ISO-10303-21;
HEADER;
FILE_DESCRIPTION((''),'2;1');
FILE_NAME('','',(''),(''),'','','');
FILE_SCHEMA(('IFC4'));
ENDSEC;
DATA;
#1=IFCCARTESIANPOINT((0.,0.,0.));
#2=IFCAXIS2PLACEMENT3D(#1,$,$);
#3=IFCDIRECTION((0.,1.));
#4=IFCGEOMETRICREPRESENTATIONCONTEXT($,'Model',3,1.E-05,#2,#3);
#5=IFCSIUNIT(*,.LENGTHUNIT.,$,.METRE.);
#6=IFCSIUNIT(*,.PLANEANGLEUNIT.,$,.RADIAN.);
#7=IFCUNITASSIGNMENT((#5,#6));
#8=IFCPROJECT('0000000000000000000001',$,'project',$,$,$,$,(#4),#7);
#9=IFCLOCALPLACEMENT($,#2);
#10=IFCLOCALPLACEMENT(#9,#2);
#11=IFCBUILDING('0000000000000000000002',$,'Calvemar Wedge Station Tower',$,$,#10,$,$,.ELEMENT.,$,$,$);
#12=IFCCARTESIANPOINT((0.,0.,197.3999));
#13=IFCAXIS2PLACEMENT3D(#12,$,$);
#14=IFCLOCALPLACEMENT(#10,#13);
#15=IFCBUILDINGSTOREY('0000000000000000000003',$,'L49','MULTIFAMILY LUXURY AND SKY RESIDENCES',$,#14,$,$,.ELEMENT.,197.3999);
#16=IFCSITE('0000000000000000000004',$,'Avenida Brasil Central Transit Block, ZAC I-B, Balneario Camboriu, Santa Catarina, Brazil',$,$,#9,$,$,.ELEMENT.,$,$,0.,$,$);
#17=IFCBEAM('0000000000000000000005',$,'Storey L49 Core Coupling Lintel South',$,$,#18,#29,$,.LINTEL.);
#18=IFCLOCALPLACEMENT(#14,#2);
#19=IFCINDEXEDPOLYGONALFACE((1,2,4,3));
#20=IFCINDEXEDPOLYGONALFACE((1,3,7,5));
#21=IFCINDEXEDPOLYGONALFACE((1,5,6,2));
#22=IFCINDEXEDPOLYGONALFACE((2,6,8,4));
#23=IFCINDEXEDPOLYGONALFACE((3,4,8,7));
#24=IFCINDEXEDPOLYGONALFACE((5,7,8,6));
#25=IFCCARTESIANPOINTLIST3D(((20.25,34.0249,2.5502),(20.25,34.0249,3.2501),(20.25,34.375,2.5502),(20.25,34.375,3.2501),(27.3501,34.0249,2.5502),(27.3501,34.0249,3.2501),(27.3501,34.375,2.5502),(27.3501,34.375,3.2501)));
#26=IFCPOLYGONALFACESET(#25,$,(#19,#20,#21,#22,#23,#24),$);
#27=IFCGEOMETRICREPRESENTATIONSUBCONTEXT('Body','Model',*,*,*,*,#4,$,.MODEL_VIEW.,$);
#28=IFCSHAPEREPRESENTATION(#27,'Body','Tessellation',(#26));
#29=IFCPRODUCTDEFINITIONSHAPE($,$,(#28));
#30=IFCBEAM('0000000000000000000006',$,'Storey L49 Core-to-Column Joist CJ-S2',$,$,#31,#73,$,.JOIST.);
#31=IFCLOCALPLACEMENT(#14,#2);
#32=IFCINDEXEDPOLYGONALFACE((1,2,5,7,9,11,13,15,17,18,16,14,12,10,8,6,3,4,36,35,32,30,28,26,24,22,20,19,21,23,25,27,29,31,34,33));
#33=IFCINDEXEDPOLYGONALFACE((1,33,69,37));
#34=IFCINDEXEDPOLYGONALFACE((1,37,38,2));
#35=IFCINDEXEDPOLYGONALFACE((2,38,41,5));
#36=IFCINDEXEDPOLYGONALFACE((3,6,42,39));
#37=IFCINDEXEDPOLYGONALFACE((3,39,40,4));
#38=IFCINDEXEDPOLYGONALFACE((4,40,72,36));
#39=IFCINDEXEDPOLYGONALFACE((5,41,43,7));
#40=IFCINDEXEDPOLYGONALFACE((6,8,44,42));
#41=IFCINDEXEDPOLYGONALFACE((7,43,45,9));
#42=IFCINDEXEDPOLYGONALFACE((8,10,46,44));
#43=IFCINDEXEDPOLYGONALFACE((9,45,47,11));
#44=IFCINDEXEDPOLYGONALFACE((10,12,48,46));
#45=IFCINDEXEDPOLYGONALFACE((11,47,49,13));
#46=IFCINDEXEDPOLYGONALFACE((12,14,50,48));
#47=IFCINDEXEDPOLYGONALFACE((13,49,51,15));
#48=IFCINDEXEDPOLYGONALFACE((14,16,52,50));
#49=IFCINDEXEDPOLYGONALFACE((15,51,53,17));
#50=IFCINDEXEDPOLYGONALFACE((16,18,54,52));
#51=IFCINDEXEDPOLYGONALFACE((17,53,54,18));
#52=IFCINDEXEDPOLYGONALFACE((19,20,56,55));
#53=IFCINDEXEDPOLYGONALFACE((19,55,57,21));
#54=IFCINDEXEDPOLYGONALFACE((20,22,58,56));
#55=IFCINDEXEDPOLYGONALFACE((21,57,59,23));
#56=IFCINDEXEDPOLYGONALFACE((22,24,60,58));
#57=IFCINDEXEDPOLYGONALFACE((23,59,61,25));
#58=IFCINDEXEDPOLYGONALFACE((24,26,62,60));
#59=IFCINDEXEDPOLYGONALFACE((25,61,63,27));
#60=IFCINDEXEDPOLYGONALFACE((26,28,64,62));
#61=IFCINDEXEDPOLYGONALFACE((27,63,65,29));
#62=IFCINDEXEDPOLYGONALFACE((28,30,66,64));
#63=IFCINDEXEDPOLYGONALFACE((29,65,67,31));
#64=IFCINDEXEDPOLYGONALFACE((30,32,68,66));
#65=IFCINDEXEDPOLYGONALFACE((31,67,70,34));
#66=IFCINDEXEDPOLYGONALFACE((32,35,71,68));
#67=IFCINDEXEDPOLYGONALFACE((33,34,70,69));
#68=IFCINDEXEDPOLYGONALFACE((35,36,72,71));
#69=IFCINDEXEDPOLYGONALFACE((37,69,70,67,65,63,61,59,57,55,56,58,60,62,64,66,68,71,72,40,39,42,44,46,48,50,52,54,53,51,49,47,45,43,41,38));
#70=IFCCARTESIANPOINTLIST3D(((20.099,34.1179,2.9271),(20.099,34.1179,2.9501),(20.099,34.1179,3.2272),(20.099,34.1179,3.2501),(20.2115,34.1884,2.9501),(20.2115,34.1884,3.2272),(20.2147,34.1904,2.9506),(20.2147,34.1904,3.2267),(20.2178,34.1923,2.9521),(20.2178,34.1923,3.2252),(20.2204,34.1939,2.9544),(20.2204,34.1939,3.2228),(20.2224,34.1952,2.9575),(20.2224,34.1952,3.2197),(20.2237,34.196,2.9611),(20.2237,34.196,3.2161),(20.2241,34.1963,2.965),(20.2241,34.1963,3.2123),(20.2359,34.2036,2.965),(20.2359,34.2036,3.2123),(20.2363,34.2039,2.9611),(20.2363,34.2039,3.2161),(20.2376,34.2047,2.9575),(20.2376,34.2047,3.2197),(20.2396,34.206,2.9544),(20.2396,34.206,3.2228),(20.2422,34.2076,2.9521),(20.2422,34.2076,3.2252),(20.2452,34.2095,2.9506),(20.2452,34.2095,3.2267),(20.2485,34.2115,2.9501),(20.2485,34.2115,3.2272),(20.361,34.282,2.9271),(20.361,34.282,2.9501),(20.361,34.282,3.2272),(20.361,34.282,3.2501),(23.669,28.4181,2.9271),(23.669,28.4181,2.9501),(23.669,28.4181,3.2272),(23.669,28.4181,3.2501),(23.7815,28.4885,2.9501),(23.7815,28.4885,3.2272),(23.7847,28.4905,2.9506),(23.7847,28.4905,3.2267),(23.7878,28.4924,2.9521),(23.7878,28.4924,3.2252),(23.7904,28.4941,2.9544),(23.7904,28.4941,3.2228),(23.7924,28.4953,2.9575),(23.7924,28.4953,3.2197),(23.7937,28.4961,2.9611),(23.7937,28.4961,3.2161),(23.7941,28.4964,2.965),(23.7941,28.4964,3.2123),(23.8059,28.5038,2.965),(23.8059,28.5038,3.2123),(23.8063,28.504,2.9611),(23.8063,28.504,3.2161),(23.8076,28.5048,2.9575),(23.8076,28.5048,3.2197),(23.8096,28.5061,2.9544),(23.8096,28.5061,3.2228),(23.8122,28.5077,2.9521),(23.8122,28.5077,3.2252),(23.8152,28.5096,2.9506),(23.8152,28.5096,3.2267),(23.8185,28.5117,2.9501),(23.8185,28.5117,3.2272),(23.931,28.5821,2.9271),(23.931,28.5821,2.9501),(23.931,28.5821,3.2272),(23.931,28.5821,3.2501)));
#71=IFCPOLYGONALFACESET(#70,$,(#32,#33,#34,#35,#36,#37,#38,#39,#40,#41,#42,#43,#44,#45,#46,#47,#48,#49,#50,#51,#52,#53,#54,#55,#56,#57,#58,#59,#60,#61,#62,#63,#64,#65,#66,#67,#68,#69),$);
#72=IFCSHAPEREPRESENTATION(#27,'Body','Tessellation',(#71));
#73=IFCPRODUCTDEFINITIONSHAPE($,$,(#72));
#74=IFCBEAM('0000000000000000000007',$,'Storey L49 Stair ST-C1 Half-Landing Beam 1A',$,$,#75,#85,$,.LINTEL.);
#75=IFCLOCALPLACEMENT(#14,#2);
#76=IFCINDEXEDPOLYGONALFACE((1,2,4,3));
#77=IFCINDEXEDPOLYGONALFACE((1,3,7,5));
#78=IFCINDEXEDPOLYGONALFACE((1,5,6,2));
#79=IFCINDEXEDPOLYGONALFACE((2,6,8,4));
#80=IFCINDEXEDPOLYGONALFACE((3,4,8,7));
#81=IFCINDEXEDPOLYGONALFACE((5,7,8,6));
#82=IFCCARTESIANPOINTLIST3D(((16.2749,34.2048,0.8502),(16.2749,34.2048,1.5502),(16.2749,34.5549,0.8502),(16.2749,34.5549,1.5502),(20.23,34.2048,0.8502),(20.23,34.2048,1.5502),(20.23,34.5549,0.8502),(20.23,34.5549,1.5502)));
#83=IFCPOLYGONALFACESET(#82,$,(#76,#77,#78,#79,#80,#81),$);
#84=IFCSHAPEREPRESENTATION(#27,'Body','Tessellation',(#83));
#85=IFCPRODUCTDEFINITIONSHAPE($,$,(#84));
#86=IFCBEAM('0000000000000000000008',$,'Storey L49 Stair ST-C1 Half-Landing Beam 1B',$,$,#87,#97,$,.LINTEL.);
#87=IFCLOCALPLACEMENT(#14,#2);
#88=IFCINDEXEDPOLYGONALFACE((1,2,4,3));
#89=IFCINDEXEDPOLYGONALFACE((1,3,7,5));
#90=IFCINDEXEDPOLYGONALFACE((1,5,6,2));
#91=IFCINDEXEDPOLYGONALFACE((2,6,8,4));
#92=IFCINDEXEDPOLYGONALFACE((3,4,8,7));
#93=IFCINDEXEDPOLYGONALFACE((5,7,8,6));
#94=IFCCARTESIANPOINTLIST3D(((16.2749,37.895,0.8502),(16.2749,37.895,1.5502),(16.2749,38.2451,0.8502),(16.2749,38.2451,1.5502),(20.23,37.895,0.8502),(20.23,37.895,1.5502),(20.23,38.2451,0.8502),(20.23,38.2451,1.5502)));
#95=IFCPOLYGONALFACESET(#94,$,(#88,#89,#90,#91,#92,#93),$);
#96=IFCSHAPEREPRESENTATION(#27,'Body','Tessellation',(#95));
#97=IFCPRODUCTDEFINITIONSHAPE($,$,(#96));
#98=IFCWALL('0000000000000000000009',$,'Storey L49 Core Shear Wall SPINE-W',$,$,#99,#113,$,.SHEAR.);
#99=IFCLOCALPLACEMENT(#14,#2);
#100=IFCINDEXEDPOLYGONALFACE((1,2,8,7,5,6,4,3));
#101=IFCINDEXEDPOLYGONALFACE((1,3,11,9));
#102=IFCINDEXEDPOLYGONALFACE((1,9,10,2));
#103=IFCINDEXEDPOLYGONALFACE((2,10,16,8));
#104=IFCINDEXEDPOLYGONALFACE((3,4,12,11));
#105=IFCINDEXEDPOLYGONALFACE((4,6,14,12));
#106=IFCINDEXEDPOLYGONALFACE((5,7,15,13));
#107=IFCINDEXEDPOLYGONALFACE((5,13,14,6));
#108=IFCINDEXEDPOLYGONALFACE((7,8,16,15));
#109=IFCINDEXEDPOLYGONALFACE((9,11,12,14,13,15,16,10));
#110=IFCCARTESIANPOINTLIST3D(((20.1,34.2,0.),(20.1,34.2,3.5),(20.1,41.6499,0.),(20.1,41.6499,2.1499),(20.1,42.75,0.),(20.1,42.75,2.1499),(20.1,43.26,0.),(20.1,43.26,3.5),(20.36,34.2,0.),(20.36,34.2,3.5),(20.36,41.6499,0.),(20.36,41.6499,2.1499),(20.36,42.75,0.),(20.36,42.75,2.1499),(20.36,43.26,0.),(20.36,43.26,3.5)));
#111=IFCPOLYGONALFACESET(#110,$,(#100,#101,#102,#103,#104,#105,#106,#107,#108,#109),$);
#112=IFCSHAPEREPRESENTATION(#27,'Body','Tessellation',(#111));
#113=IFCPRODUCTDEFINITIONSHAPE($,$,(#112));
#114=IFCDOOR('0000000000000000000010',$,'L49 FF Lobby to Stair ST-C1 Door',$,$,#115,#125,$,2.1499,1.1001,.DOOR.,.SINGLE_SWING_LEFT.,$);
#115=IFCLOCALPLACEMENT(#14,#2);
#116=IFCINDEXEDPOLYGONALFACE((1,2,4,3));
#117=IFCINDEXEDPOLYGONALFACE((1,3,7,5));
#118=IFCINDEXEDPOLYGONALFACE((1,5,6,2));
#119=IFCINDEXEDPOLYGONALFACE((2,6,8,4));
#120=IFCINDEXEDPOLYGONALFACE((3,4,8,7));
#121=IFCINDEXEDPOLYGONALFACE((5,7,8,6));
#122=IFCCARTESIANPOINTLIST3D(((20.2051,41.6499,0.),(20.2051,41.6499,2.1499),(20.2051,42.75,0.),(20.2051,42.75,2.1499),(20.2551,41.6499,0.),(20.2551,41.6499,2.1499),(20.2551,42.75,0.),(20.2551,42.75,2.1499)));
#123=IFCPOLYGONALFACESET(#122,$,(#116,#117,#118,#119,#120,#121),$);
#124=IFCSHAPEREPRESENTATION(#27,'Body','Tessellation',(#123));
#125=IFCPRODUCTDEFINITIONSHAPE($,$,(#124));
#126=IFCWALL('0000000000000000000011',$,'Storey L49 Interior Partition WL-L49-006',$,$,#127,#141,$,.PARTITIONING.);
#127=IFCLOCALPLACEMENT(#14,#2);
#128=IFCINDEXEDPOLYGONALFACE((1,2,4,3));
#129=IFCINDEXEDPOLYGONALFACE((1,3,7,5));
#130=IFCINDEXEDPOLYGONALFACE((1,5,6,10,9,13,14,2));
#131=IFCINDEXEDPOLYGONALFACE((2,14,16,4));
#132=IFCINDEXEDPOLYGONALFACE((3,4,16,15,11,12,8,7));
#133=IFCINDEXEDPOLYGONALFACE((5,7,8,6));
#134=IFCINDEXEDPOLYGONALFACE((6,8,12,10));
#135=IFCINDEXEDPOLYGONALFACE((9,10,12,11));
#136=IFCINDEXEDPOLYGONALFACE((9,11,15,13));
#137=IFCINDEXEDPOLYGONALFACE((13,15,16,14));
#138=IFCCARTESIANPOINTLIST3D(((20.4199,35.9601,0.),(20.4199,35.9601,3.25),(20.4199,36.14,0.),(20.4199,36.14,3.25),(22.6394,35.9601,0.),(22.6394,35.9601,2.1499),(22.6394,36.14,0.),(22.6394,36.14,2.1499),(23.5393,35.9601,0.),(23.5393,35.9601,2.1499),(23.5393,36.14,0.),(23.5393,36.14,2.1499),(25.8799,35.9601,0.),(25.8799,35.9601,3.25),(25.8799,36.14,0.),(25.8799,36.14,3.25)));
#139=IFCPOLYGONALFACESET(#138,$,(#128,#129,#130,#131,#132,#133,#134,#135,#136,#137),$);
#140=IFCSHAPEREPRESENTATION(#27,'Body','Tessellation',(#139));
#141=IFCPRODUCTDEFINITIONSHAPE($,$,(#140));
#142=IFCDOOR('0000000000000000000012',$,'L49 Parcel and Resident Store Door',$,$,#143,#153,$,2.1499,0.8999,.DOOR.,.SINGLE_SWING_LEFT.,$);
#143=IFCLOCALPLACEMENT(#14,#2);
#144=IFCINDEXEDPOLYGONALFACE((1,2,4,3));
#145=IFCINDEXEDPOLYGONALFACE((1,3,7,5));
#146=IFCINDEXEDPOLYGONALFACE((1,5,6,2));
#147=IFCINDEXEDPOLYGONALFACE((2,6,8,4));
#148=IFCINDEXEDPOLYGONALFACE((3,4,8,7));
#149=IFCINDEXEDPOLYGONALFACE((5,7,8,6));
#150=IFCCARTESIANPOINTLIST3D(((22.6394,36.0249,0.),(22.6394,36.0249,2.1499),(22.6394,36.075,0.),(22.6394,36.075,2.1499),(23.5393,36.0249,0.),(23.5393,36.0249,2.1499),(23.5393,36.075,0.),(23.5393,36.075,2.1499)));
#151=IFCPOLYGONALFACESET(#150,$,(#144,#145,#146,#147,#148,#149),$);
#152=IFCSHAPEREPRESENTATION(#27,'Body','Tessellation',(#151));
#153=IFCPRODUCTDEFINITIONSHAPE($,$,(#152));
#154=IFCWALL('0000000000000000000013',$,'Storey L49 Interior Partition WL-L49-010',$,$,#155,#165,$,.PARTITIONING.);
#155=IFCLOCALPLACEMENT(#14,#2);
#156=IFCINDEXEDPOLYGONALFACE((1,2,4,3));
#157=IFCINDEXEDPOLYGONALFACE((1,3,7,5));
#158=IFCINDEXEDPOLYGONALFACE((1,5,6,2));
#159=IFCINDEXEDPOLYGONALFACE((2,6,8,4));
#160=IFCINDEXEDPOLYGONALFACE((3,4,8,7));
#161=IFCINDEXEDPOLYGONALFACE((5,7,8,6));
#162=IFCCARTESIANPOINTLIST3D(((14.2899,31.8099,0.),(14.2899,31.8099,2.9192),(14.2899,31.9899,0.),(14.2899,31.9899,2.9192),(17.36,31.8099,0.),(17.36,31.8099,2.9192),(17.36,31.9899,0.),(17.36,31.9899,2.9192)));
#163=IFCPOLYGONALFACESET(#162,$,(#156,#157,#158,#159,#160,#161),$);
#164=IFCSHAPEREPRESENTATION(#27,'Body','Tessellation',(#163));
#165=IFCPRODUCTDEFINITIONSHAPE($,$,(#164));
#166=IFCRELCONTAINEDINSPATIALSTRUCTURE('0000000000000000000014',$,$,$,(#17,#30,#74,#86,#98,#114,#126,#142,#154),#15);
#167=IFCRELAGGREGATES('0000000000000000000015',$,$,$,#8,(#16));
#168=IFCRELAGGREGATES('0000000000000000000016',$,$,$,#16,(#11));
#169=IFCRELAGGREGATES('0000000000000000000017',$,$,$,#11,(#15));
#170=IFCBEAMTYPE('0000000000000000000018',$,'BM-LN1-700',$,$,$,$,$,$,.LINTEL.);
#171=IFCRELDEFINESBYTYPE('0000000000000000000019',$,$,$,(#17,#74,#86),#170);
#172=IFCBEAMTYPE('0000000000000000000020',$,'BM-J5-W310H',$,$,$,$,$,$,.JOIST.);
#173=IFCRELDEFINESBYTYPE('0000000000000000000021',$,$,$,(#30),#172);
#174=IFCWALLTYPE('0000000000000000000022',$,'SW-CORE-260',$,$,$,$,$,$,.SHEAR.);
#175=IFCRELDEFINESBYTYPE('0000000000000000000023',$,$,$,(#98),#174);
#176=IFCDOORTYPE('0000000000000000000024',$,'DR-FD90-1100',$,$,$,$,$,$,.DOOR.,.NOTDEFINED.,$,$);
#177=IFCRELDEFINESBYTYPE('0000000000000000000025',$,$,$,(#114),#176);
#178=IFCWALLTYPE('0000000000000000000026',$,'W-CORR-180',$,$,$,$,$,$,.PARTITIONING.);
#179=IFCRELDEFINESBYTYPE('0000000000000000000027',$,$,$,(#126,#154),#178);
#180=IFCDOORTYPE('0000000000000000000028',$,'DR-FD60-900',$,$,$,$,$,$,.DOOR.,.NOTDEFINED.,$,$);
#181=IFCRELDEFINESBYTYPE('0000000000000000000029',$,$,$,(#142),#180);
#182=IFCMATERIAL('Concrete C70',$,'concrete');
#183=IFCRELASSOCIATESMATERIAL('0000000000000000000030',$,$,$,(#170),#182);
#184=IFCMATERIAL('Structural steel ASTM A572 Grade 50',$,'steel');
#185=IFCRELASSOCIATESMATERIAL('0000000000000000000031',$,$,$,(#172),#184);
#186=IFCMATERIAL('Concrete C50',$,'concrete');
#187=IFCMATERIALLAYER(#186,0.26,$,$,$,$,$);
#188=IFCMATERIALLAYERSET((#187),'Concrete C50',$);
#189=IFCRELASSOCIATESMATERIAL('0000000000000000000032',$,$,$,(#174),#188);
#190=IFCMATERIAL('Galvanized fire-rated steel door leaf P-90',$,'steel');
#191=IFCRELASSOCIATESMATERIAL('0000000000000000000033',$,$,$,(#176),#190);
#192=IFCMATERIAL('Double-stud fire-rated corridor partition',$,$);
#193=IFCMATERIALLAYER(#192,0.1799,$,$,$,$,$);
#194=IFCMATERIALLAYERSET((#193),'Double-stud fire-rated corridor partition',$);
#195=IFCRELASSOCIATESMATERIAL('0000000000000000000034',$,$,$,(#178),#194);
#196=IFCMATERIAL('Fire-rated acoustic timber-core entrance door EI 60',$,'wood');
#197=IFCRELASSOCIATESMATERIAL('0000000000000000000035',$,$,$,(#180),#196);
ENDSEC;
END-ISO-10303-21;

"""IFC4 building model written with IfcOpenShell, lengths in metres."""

from ifc_helpers import new_model, si_unit, direction, frame, frame_2d, origin, origin_2d, place, context, subcontext, project, spatial, rectangle, i_section, extrude, source, transform, mapped, material, layer, layer_set, material_profile, profile_set, type_object, element, fill, save


model = new_model("IFC4")

# Units and contexts
model_context = context("Model", 3, precision=1e-05, world=origin(), true_north=direction((0.0, 1.0)))
body_context = subcontext(model_context, "Body", "Model", "MODEL_VIEW")
ifc_project = project(units=[si_unit("LENGTHUNIT", "METRE"), si_unit("PLANEANGLEUNIT", "RADIAN")], contexts=[model_context])

# Site, building, storey
site_placement = place(None, origin())
site = spatial("IfcSite", under=ifc_project, at=site_placement, Name="Avenida Brasil Central Transit Block, ZAC I-B, Balneario Camboriu, Santa Catarina, Brazil", CompositionType="ELEMENT", RefElevation=0.0)
building_placement = place(site_placement, origin())
building = spatial("IfcBuilding", under=site, at=building_placement, Name="Calvemar Wedge Station Tower", CompositionType="ELEMENT")
storey_placement = place(building_placement, frame((0.0, 0.0, 197.3999)))
storey = spatial("IfcBuildingStorey", under=building, at=storey_placement, Name="L49", Description="MULTIFAMILY LUXURY AND SKY RESIDENCES", CompositionType="ELEMENT", Elevation=197.3999)

# Beams
ifc_material_1 = material(Name="Concrete C70", Category="concrete")
ifc_material_profile_1 = material_profile(ifc_material_1, rectangle(XDim=0.3501, YDim=0.7, at=origin_2d()), Name="RC350x700")
ifc_profile_set_1 = profile_set([ifc_material_profile_1], Name="Concrete C70")
beam_type_1 = type_object("IfcBeamType", Name="BM-LN1-700", PredefinedType="LINTEL", material=ifc_profile_set_1)
shared_shape_1 = source(origin(), body_context, "Body", "SweptSolid", [
    extrude(rectangle(XDim=0.3501, YDim=0.7, at=origin_2d()), origin(), (0.0, 0.0, 1.0), 7.1001),
])
beam_1_placement = place(storey_placement, frame((20.25, 34.2, 2.9001), z_axis=(1.0, 0.0, 0.0), x_axis=(0.0, 1.0, 0.0)))
element("IfcBeam", 1, at=beam_1_placement, inside=storey, type_object=beam_type_1, Name="Storey L49 Core Coupling Lintel South", PredefinedType="LINTEL", context=body_context, shape_type="MappedRepresentation", body=[
    mapped(shared_shape_1, transform((0.0, 0.0, 0.0), scale=1.0)),
])
ifc_material_2 = material(Name="Structural steel ASTM A572 Grade 50", Category="steel")
ifc_material_profile_2 = material_profile(ifc_material_2, i_section(OverallWidth=0.3091, OverallDepth=0.323, WebThickness=0.0139, FlangeThickness=0.0229, FilletRadius=0.0149, at=origin_2d()), Name="W310x143")
ifc_profile_set_2 = profile_set([ifc_material_profile_2], Name="Structural steel ASTM A572 Grade 50")
beam_type_2 = type_object("IfcBeamType", Name="BM-J5-W310H", PredefinedType="JOIST", material=ifc_profile_set_2)
shared_shape_2 = source(origin(), body_context, "Body", "SweptSolid", [
    extrude(i_section(OverallWidth=0.3091, OverallDepth=0.323, WebThickness=0.0139, FlangeThickness=0.0229, FilletRadius=0.0149, at=origin_2d()), origin(), (0.0, 0.0, 1.0), 6.7256),
])
beam_2_placement = place(storey_placement, frame((20.23, 34.2, 3.0886), z_axis=(0.530811, -0.84749, 0.0), x_axis=(0.84749, 0.530811, 0.0)))
element("IfcBeam", 2, at=beam_2_placement, inside=storey, type_object=beam_type_2, Name="Storey L49 Core-to-Column Joist CJ-S2", PredefinedType="JOIST", context=body_context, shape_type="MappedRepresentation", body=[
    mapped(shared_shape_2, transform((0.0, 0.0, 0.0), scale=1.0)),
])
shared_shape_3 = source(origin(), body_context, "Body", "SweptSolid", [
    extrude(rectangle(XDim=0.3501, YDim=0.7, at=origin_2d()), origin(), (0.0, 0.0, 1.0), 3.9551),
])
for number, where, z_axis, x_axis, name in (
    (3, (16.2749, 34.3799, 1.2002), (1.0, 0.0, 0.0), (0.0, 1.0, 0.0), "Storey L49 Stair ST-C1 Half-Landing Beam 1A"),
    (4, (16.2749, 38.0701, 1.2002), (1.0, 0.0, 0.0), (0.0, 1.0, 0.0), "Storey L49 Stair ST-C1 Half-Landing Beam 1B"),
):
    element("IfcBeam", number, at=place(storey_placement, frame(where, z_axis=z_axis, x_axis=x_axis)), inside=storey, type_object=beam_type_1, Name=name, PredefinedType="LINTEL", context=body_context, shape_type="MappedRepresentation", body=[
        mapped(shared_shape_3, transform((0.0, 0.0, 0.0), scale=1.0)),
    ])

# Walls, openings, doors
ifc_material_3 = material(Name="Concrete C50", Category="concrete")
ifc_layer_1 = layer(ifc_material_3, 0.26)
ifc_layer_set_1 = layer_set([ifc_layer_1], Name="Concrete C50")
wall_type_1 = type_object("IfcWallType", Name="SW-CORE-260", PredefinedType="SHEAR", material=ifc_layer_set_1)
wall_1_placement = place(storey_placement, frame((20.23, 34.2, 0.0), z_axis=(0.0, 0.0, 1.0), x_axis=(0.0, 1.0, 0.0)))
wall_1 = element("IfcWall", 5, at=wall_1_placement, inside=storey, type_object=wall_type_1, Name="Storey L49 Core Shear Wall SPINE-W", PredefinedType="SHEAR", context=body_context, shape_type="SweptSolid", body=[
    extrude(rectangle(XDim=9.0601, YDim=0.26, at=frame_2d((4.53, 0.0))), origin(), (0.0, 0.0, 1.0), 3.5),
])
shared_shape_4 = source(origin(), body_context, "Body", "SweptSolid", [
    extrude(rectangle(XDim=1.1001, YDim=2.1499, at=frame_2d((0.55, 1.075))), frame((0.0, 0.1401, 0.0), z_axis=(0.0, -1.0, 0.0), x_axis=(1.0, 0.0, 0.0)), (0.0, 0.0, 1.0), 0.28),
])
opening_1_placement = place(wall_1_placement, frame((7.45, 0.0, 0.0)))
opening_1 = element("IfcOpeningElement", 6, at=opening_1_placement, cuts=wall_1, PredefinedType="OPENING", context=body_context, shape_type="MappedRepresentation", body=[
    mapped(shared_shape_4, transform((0.0, 0.0, 0.0), scale=1.0)),
])
ifc_material_4 = material(Name="Galvanized fire-rated steel door leaf P-90", Category="steel")
door_type_1 = type_object("IfcDoorType", Name="DR-FD90-1100", OperationType="NOTDEFINED", PredefinedType="DOOR", material=ifc_material_4)
shared_shape_5 = source(origin(), body_context, "Body", "SweptSolid", [
    extrude(rectangle(XDim=1.1001, YDim=2.1499, at=frame_2d((0.55, 1.075))), frame((0.0, 0.0249, 0.0), z_axis=(0.0, -1.0, 0.0), x_axis=(1.0, 0.0, 0.0)), (0.0, 0.0, 1.0), 0.05),
])
door_1_placement = place(opening_1_placement, origin())
door_1 = element("IfcDoor", 7, at=door_1_placement, inside=storey, type_object=door_type_1, Name="L49 FF Lobby to Stair ST-C1 Door", OperationType="SINGLE_SWING_LEFT", OverallHeight=2.1499, OverallWidth=1.1001, PredefinedType="DOOR", context=body_context, shape_type="MappedRepresentation", body=[
    mapped(shared_shape_5, transform((0.0, 0.0, 0.0), scale=1.0)),
])
fill(opening_1, door_1)
ifc_material_5 = material(Name="Double-stud fire-rated corridor partition")
ifc_layer_2 = layer(ifc_material_5, 0.1799)
ifc_layer_set_2 = layer_set([ifc_layer_2], Name="Double-stud fire-rated corridor partition")
wall_type_2 = type_object("IfcWallType", Name="W-CORR-180", PredefinedType="PARTITIONING", material=ifc_layer_set_2)
wall_2_placement = place(storey_placement, frame((20.4199, 36.05, 0.0), z_axis=(0.0, 0.0, 1.0), x_axis=(1.0, 0.0, 0.0)))
wall_2 = element("IfcWall", 8, at=wall_2_placement, inside=storey, type_object=wall_type_2, Name="Storey L49 Interior Partition WL-L49-006", PredefinedType="PARTITIONING", context=body_context, shape_type="SweptSolid", body=[
    extrude(rectangle(XDim=5.46, YDim=0.1799, at=frame_2d((2.73, 0.0))), origin(), (0.0, 0.0, 1.0), 3.25),
])
shared_shape_6 = source(origin(), body_context, "Body", "SweptSolid", [
    extrude(rectangle(XDim=0.8999, YDim=2.1499, at=frame_2d((0.45, 1.075))), frame((0.0, 0.1001, 0.0), z_axis=(0.0, -1.0, 0.0), x_axis=(1.0, 0.0, 0.0)), (0.0, 0.0, 1.0), 0.2),
])
opening_2_placement = place(wall_2_placement, frame((2.2195, 0.0, 0.0)))
opening_2 = element("IfcOpeningElement", 9, at=opening_2_placement, cuts=wall_2, PredefinedType="OPENING", context=body_context, shape_type="MappedRepresentation", body=[
    mapped(shared_shape_6, transform((0.0, 0.0, 0.0), scale=1.0)),
])
ifc_material_6 = material(Name="Fire-rated acoustic timber-core entrance door EI 60", Category="wood")
door_type_2 = type_object("IfcDoorType", Name="DR-FD60-900", OperationType="NOTDEFINED", PredefinedType="DOOR", material=ifc_material_6)
shared_shape_7 = source(origin(), body_context, "Body", "SweptSolid", [
    extrude(rectangle(XDim=0.8999, YDim=2.1499, at=frame_2d((0.45, 1.075))), frame((0.0, 0.0249, 0.0), z_axis=(0.0, -1.0, 0.0), x_axis=(1.0, 0.0, 0.0)), (0.0, 0.0, 1.0), 0.05),
])
door_2_placement = place(opening_2_placement, origin())
door_2 = element("IfcDoor", 10, at=door_2_placement, inside=storey, type_object=door_type_2, Name="L49 Parcel and Resident Store Door", OperationType="SINGLE_SWING_LEFT", OverallHeight=2.1499, OverallWidth=0.8999, PredefinedType="DOOR", context=body_context, shape_type="MappedRepresentation", body=[
    mapped(shared_shape_7, transform((0.0, 0.0, 0.0), scale=1.0)),
])
fill(opening_2, door_2)

# Wall
wall_3_placement = place(storey_placement, frame((17.3601, 31.8999, 0.0), z_axis=(0.0, 0.0, 1.0), x_axis=(-1.0, 0.0, 0.0)))
element("IfcWall", 11, at=wall_3_placement, inside=storey, type_object=wall_type_2, Name="Storey L49 Interior Partition WL-L49-010", PredefinedType="PARTITIONING", context=body_context, shape_type="SweptSolid", body=[
    extrude(rectangle(XDim=3.0701, YDim=0.1799, at=frame_2d((1.5352, 0.0))), origin(), (0.0, 0.0, 1.0), 2.9192),
])

save(model, "model.ifc")
